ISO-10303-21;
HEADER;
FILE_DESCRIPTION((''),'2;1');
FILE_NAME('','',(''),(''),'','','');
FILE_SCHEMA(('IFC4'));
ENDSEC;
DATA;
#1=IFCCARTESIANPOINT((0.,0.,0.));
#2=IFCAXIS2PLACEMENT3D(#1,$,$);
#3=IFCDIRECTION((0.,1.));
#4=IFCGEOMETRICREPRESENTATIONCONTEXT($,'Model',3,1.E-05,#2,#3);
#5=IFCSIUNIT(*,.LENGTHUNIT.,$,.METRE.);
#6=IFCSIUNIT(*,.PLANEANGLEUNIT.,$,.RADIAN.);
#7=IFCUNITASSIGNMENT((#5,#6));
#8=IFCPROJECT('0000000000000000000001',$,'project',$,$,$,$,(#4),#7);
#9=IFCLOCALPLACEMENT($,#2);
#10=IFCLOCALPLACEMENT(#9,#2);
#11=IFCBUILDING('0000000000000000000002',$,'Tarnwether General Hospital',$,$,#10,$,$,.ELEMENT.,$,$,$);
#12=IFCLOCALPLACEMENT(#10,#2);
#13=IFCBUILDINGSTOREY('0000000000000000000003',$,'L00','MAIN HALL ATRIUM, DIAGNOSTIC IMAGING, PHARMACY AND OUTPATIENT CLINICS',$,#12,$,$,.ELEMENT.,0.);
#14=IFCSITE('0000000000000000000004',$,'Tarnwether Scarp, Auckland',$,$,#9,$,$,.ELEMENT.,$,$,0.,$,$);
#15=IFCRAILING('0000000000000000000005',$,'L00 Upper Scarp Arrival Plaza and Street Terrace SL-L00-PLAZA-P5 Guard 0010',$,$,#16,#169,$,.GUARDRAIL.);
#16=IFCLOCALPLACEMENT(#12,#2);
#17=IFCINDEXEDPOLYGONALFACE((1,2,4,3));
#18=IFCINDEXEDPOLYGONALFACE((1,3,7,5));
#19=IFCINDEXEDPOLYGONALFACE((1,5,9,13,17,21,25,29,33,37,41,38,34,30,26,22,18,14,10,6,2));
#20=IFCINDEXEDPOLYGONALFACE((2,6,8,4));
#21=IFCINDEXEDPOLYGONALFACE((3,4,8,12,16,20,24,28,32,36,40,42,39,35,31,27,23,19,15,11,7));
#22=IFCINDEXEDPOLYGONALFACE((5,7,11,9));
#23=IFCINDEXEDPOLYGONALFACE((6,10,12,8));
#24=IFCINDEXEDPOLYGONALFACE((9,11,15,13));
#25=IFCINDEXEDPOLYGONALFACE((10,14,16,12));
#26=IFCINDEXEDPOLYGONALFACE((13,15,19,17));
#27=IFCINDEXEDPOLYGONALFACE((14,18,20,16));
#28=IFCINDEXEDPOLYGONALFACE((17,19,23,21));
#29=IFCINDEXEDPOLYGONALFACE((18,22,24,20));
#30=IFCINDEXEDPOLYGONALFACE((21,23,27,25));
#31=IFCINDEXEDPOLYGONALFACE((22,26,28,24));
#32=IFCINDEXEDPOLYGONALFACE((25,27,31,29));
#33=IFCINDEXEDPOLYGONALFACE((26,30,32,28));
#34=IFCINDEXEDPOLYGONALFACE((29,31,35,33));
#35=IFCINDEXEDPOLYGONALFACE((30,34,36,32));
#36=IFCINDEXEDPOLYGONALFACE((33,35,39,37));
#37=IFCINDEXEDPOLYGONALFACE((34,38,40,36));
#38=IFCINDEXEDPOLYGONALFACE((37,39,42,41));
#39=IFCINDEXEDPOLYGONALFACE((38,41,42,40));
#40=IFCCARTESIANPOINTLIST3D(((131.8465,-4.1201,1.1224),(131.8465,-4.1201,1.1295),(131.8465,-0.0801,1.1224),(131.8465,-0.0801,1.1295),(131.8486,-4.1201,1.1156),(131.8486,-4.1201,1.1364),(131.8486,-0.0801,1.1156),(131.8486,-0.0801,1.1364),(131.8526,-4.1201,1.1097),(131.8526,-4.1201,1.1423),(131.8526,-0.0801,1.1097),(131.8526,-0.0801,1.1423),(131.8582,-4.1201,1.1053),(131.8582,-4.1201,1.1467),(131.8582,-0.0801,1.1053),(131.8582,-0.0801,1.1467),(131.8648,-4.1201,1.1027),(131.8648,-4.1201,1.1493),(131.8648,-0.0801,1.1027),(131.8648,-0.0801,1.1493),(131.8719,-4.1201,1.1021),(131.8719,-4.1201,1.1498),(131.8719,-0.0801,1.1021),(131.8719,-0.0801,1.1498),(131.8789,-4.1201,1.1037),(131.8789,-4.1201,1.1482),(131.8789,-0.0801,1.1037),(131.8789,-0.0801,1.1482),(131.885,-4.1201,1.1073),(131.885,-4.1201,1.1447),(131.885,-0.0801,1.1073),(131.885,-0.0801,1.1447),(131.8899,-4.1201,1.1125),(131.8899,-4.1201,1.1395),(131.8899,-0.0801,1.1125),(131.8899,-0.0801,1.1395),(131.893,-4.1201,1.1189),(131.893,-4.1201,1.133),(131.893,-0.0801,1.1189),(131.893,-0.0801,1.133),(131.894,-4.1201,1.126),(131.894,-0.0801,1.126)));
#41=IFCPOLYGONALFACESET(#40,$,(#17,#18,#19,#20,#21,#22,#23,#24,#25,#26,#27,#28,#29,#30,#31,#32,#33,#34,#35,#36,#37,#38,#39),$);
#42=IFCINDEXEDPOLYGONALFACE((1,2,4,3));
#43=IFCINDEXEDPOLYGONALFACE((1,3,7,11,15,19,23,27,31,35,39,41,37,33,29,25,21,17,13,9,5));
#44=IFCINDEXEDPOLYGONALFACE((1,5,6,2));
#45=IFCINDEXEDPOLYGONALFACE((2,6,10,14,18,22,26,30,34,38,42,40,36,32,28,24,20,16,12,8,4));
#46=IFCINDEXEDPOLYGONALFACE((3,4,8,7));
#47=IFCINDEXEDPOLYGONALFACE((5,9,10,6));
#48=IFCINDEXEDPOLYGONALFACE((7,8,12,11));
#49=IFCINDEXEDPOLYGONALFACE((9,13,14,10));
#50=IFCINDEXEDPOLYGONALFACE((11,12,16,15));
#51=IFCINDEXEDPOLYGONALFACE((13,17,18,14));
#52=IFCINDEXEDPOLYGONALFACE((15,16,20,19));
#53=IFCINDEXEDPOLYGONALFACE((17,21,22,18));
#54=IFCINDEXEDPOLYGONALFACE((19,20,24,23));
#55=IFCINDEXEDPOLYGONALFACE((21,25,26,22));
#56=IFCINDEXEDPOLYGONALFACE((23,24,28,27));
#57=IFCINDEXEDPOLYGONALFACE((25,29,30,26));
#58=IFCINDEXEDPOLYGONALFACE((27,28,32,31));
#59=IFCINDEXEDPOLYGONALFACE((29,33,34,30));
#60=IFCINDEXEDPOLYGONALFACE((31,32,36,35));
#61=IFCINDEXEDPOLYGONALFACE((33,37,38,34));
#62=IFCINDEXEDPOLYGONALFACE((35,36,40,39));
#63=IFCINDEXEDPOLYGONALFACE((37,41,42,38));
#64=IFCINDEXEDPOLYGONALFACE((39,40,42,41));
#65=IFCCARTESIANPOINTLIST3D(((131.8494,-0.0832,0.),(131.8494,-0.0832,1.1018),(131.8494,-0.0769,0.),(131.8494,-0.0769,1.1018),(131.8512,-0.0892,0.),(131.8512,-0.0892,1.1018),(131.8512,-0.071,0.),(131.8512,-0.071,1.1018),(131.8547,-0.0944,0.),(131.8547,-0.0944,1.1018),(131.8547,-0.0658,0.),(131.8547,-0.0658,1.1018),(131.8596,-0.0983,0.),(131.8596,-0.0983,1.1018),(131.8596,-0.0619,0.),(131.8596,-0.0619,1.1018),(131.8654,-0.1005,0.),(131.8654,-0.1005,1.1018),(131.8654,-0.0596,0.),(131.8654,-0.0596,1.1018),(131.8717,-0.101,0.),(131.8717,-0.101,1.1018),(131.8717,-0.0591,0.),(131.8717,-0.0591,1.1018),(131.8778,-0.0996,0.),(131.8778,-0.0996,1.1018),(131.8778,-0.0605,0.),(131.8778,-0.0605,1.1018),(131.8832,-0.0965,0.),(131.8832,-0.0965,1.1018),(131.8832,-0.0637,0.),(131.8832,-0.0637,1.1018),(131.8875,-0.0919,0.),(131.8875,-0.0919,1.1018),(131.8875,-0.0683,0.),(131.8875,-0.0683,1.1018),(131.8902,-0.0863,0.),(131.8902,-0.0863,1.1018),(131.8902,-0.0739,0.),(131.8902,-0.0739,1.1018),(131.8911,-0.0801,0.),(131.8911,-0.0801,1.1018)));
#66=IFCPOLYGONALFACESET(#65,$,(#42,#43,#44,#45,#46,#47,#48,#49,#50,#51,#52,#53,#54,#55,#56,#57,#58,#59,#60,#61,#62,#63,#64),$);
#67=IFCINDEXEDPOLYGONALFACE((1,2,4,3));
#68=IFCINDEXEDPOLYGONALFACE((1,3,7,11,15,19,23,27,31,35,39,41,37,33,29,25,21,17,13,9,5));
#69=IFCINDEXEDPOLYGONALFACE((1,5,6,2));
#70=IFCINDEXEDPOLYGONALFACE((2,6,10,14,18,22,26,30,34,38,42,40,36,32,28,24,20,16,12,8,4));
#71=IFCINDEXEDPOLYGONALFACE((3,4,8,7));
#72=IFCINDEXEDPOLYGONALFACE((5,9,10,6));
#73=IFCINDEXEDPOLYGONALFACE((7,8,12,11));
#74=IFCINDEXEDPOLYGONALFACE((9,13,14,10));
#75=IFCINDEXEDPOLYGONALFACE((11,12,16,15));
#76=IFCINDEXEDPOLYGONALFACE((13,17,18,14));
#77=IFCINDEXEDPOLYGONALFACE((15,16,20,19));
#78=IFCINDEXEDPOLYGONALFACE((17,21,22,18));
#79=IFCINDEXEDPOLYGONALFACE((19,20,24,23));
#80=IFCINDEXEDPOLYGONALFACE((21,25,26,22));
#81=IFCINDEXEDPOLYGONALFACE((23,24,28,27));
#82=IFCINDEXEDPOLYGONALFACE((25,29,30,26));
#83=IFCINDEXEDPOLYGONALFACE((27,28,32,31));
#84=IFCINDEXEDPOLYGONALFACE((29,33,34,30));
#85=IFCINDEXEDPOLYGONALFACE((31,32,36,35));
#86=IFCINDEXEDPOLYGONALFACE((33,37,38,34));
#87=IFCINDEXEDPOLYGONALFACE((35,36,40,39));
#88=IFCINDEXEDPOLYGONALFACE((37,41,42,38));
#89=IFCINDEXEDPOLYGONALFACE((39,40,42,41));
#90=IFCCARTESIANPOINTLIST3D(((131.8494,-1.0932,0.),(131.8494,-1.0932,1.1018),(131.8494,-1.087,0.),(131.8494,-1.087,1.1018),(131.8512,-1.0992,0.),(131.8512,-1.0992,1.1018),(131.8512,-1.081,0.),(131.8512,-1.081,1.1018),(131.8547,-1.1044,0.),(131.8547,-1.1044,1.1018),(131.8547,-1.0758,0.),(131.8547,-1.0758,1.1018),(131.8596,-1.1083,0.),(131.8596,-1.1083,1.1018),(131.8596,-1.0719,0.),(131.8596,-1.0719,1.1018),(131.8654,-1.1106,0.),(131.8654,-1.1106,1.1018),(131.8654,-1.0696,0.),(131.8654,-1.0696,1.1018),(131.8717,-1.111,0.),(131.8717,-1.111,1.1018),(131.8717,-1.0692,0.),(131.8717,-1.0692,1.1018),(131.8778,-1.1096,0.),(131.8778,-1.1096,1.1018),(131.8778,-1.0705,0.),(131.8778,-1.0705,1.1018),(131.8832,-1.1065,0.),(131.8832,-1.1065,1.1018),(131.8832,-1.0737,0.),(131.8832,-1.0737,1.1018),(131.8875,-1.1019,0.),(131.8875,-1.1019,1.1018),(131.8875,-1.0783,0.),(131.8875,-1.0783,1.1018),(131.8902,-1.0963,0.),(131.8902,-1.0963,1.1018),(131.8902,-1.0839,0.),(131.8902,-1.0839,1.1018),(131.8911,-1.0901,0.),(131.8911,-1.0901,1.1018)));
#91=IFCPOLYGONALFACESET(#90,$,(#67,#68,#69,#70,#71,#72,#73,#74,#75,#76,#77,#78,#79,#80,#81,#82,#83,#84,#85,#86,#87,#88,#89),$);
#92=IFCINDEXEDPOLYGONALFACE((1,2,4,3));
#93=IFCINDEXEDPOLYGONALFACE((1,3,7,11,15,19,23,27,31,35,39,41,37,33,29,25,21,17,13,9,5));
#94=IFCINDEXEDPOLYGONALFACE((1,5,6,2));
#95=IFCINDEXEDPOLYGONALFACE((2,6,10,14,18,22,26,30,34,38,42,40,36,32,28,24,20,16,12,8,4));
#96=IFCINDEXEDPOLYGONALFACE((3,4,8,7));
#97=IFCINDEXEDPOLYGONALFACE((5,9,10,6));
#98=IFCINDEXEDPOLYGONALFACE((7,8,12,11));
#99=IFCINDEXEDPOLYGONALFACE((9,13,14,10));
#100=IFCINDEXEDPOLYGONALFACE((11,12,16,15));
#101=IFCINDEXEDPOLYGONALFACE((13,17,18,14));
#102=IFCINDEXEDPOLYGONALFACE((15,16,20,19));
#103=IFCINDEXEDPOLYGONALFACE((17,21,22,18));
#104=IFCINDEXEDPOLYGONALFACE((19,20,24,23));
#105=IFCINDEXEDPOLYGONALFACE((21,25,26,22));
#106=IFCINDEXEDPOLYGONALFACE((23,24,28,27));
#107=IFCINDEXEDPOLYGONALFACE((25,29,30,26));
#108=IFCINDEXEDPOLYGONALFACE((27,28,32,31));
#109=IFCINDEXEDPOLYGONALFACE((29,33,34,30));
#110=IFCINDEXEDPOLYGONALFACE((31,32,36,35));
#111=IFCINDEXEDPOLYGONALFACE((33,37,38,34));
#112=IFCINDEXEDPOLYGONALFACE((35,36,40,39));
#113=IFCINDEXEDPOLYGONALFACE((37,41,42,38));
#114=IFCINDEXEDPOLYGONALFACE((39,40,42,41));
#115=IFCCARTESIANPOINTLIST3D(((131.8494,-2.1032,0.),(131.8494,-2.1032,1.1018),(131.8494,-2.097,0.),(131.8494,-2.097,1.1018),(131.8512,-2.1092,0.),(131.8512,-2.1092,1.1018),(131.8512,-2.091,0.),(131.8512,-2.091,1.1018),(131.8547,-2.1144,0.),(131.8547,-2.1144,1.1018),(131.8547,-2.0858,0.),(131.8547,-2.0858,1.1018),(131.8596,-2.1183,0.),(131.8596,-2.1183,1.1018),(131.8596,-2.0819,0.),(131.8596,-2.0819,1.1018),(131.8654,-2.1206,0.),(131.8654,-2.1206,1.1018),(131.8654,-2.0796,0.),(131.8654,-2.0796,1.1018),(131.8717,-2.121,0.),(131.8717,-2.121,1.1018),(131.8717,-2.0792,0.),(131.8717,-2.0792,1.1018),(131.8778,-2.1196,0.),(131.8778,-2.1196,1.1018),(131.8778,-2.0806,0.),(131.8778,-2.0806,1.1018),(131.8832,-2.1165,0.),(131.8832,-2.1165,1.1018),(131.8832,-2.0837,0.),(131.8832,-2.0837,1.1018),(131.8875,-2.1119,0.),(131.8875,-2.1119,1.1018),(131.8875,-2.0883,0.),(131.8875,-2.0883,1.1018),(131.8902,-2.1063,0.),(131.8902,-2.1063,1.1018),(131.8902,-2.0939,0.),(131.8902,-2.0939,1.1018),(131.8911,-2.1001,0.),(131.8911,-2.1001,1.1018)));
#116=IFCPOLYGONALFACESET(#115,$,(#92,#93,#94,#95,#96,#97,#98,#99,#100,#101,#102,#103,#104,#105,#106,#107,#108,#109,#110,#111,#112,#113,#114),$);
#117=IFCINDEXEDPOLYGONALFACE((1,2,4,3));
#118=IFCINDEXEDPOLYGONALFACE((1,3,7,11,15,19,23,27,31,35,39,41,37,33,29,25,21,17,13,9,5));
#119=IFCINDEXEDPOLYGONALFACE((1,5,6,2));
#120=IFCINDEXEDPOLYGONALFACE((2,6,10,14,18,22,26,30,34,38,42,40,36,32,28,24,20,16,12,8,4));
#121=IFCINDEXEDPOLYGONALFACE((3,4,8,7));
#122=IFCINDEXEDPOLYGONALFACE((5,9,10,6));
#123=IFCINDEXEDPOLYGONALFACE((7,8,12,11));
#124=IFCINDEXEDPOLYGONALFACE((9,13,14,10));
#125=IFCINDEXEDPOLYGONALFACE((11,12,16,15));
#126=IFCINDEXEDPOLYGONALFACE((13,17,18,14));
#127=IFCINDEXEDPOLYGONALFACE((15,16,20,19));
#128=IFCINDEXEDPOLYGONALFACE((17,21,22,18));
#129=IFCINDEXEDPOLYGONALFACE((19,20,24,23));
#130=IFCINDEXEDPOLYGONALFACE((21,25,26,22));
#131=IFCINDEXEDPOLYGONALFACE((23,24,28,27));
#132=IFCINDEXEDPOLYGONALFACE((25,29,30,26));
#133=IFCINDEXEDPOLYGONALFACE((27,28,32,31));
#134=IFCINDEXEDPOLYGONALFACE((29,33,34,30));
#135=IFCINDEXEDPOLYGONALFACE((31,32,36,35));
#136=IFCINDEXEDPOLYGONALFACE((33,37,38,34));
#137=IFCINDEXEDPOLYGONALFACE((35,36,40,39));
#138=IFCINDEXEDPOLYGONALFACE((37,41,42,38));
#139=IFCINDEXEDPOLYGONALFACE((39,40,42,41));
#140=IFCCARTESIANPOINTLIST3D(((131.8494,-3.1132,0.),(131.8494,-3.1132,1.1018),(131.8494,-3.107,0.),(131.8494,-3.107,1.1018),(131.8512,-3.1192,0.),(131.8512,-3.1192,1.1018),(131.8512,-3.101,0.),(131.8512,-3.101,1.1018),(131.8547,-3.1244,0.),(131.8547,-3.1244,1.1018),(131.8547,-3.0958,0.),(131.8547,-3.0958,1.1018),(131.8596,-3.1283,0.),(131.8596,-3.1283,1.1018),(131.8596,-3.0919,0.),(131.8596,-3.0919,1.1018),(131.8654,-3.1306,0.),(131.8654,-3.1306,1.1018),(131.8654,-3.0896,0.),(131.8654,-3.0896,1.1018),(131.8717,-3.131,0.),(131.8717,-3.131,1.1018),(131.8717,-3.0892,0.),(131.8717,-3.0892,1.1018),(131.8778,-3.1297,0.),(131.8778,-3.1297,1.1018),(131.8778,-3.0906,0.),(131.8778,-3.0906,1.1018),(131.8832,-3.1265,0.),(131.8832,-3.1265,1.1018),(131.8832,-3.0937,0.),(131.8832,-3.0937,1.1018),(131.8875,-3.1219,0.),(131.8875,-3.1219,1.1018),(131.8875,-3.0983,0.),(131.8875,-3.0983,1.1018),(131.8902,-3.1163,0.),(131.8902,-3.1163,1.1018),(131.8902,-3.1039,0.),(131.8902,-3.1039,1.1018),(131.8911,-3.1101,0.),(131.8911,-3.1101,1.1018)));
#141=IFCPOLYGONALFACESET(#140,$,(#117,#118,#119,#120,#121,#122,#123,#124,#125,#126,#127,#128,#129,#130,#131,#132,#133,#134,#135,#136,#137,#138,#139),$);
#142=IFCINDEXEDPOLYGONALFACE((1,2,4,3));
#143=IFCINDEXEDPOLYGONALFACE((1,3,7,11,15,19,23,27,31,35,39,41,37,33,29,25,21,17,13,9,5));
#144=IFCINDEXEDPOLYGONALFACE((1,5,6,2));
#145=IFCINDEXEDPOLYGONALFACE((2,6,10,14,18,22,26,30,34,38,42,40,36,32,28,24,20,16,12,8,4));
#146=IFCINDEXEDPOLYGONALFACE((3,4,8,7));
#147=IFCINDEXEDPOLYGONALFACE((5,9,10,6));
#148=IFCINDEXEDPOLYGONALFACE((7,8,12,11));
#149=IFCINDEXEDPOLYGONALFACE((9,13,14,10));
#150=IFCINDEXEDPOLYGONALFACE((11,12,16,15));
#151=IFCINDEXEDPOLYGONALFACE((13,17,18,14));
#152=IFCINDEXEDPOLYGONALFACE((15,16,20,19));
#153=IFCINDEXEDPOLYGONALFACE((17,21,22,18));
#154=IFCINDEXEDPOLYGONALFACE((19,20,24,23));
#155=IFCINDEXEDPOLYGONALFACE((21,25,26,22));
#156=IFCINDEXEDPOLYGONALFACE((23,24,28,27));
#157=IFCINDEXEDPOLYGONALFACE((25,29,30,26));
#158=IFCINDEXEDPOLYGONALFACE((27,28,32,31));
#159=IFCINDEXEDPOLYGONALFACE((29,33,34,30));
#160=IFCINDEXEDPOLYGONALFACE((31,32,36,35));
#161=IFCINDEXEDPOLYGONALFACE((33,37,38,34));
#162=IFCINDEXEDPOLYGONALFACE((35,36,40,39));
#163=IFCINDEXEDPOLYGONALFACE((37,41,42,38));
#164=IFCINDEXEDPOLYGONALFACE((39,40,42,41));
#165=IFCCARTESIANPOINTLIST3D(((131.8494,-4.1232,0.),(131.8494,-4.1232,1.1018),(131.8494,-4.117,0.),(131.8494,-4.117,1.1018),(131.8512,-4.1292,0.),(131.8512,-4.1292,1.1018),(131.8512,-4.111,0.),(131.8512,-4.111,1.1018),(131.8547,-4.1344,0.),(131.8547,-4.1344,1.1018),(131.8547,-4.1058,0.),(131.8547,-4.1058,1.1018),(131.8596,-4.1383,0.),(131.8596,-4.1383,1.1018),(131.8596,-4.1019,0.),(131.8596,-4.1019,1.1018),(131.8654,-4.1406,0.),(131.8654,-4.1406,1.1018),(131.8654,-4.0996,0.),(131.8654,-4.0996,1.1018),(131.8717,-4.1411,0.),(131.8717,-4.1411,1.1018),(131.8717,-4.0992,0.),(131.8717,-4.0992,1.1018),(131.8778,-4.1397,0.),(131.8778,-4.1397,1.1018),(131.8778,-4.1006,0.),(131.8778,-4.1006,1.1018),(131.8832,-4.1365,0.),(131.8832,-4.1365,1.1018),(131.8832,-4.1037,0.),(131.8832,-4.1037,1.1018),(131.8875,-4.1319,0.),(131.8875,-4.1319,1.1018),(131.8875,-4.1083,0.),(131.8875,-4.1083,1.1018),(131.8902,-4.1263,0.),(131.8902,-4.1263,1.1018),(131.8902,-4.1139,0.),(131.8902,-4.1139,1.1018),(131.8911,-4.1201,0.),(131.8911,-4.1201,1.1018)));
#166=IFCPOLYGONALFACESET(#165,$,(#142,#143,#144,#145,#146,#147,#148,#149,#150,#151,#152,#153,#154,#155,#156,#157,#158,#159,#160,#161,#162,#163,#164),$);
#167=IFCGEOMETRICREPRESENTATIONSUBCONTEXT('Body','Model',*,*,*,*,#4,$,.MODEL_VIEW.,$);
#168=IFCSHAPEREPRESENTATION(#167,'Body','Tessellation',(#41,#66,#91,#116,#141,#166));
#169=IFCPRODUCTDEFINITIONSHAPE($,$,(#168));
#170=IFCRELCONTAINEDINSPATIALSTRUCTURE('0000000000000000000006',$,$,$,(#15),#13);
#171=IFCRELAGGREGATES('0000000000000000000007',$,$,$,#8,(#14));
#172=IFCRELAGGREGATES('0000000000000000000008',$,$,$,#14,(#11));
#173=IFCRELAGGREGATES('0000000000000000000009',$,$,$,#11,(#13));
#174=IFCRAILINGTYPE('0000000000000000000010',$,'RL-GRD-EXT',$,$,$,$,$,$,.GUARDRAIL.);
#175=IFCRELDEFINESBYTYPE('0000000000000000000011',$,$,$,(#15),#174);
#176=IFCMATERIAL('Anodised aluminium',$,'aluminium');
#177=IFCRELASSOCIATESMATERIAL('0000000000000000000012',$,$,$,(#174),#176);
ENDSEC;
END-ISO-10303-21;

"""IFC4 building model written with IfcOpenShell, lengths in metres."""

from ifc_helpers import new_model, si_unit, direction, frame, origin, origin_2d, place, context, subcontext, project, spatial, circle, extrude, material, type_object, element, save


model = new_model("IFC4")

# Units and contexts
model_context = context("Model", 3, precision=1e-05, world=origin(), true_north=direction((0.0, 1.0)))
body_context = subcontext(model_context, "Body", "Model", "MODEL_VIEW")
ifc_project = project(units=[si_unit("LENGTHUNIT", "METRE"), si_unit("PLANEANGLEUNIT", "RADIAN")], contexts=[model_context])

# Site, building, storey
site_placement = place(None, origin())
site = spatial("IfcSite", under=ifc_project, at=site_placement, Name="Tarnwether Scarp, Auckland", CompositionType="ELEMENT", RefElevation=0.0)
building_placement = place(site_placement, origin())
building = spatial("IfcBuilding", under=site, at=building_placement, Name="Tarnwether General Hospital", CompositionType="ELEMENT")
storey_placement = place(building_placement, origin())
storey = spatial("IfcBuildingStorey", under=building, at=storey_placement, Name="L00", Description="MAIN HALL ATRIUM, DIAGNOSTIC IMAGING, PHARMACY AND OUTPATIENT CLINICS", CompositionType="ELEMENT", Elevation=0.0)

# Railing
ifc_material_1 = material(Name="Anodised aluminium", Category="aluminium")
railing_type = type_object("IfcRailingType", Name="RL-GRD-EXT", PredefinedType="GUARDRAIL", material=ifc_material_1)
railing_1_placement = place(storey_placement, frame((131.8701, -0.0801, 0.0)))
element("IfcRailing", 1, at=railing_1_placement, inside=storey, type_object=railing_type, Name="L00 Upper Scarp Arrival Plaza and Street Terrace SL-L00-PLAZA-P5 Guard 0010", PredefinedType="GUARDRAIL", context=body_context, shape_type="SweptSolid", body=[
    extrude(circle(Radius=0.0239, at=origin_2d()), frame((0.0, 0.0, 1.126), z_axis=(0.0, -1.0, 0.0), x_axis=(1.0, 0.0, 0.0)), (0.0, 0.0, 1.0), 4.04),
    extrude(circle(Radius=0.021, at=origin_2d()), origin(), (0.0, 0.0, 1.0), 1.1018),
    extrude(circle(Radius=0.021, at=origin_2d()), frame((0.0, -1.01, 0.0)), (0.0, 0.0, 1.0), 1.1018),
    extrude(circle(Radius=0.021, at=origin_2d()), frame((0.0, -2.02, 0.0)), (0.0, 0.0, 1.0), 1.1018),
    extrude(circle(Radius=0.021, at=origin_2d()), frame((0.0, -3.03, 0.0)), (0.0, 0.0, 1.0), 1.1018),
    extrude(circle(Radius=0.021, at=origin_2d()), frame((0.0, -4.04, 0.0)), (0.0, 0.0, 1.0), 1.1018),
])

save(model, "model.ifc")
